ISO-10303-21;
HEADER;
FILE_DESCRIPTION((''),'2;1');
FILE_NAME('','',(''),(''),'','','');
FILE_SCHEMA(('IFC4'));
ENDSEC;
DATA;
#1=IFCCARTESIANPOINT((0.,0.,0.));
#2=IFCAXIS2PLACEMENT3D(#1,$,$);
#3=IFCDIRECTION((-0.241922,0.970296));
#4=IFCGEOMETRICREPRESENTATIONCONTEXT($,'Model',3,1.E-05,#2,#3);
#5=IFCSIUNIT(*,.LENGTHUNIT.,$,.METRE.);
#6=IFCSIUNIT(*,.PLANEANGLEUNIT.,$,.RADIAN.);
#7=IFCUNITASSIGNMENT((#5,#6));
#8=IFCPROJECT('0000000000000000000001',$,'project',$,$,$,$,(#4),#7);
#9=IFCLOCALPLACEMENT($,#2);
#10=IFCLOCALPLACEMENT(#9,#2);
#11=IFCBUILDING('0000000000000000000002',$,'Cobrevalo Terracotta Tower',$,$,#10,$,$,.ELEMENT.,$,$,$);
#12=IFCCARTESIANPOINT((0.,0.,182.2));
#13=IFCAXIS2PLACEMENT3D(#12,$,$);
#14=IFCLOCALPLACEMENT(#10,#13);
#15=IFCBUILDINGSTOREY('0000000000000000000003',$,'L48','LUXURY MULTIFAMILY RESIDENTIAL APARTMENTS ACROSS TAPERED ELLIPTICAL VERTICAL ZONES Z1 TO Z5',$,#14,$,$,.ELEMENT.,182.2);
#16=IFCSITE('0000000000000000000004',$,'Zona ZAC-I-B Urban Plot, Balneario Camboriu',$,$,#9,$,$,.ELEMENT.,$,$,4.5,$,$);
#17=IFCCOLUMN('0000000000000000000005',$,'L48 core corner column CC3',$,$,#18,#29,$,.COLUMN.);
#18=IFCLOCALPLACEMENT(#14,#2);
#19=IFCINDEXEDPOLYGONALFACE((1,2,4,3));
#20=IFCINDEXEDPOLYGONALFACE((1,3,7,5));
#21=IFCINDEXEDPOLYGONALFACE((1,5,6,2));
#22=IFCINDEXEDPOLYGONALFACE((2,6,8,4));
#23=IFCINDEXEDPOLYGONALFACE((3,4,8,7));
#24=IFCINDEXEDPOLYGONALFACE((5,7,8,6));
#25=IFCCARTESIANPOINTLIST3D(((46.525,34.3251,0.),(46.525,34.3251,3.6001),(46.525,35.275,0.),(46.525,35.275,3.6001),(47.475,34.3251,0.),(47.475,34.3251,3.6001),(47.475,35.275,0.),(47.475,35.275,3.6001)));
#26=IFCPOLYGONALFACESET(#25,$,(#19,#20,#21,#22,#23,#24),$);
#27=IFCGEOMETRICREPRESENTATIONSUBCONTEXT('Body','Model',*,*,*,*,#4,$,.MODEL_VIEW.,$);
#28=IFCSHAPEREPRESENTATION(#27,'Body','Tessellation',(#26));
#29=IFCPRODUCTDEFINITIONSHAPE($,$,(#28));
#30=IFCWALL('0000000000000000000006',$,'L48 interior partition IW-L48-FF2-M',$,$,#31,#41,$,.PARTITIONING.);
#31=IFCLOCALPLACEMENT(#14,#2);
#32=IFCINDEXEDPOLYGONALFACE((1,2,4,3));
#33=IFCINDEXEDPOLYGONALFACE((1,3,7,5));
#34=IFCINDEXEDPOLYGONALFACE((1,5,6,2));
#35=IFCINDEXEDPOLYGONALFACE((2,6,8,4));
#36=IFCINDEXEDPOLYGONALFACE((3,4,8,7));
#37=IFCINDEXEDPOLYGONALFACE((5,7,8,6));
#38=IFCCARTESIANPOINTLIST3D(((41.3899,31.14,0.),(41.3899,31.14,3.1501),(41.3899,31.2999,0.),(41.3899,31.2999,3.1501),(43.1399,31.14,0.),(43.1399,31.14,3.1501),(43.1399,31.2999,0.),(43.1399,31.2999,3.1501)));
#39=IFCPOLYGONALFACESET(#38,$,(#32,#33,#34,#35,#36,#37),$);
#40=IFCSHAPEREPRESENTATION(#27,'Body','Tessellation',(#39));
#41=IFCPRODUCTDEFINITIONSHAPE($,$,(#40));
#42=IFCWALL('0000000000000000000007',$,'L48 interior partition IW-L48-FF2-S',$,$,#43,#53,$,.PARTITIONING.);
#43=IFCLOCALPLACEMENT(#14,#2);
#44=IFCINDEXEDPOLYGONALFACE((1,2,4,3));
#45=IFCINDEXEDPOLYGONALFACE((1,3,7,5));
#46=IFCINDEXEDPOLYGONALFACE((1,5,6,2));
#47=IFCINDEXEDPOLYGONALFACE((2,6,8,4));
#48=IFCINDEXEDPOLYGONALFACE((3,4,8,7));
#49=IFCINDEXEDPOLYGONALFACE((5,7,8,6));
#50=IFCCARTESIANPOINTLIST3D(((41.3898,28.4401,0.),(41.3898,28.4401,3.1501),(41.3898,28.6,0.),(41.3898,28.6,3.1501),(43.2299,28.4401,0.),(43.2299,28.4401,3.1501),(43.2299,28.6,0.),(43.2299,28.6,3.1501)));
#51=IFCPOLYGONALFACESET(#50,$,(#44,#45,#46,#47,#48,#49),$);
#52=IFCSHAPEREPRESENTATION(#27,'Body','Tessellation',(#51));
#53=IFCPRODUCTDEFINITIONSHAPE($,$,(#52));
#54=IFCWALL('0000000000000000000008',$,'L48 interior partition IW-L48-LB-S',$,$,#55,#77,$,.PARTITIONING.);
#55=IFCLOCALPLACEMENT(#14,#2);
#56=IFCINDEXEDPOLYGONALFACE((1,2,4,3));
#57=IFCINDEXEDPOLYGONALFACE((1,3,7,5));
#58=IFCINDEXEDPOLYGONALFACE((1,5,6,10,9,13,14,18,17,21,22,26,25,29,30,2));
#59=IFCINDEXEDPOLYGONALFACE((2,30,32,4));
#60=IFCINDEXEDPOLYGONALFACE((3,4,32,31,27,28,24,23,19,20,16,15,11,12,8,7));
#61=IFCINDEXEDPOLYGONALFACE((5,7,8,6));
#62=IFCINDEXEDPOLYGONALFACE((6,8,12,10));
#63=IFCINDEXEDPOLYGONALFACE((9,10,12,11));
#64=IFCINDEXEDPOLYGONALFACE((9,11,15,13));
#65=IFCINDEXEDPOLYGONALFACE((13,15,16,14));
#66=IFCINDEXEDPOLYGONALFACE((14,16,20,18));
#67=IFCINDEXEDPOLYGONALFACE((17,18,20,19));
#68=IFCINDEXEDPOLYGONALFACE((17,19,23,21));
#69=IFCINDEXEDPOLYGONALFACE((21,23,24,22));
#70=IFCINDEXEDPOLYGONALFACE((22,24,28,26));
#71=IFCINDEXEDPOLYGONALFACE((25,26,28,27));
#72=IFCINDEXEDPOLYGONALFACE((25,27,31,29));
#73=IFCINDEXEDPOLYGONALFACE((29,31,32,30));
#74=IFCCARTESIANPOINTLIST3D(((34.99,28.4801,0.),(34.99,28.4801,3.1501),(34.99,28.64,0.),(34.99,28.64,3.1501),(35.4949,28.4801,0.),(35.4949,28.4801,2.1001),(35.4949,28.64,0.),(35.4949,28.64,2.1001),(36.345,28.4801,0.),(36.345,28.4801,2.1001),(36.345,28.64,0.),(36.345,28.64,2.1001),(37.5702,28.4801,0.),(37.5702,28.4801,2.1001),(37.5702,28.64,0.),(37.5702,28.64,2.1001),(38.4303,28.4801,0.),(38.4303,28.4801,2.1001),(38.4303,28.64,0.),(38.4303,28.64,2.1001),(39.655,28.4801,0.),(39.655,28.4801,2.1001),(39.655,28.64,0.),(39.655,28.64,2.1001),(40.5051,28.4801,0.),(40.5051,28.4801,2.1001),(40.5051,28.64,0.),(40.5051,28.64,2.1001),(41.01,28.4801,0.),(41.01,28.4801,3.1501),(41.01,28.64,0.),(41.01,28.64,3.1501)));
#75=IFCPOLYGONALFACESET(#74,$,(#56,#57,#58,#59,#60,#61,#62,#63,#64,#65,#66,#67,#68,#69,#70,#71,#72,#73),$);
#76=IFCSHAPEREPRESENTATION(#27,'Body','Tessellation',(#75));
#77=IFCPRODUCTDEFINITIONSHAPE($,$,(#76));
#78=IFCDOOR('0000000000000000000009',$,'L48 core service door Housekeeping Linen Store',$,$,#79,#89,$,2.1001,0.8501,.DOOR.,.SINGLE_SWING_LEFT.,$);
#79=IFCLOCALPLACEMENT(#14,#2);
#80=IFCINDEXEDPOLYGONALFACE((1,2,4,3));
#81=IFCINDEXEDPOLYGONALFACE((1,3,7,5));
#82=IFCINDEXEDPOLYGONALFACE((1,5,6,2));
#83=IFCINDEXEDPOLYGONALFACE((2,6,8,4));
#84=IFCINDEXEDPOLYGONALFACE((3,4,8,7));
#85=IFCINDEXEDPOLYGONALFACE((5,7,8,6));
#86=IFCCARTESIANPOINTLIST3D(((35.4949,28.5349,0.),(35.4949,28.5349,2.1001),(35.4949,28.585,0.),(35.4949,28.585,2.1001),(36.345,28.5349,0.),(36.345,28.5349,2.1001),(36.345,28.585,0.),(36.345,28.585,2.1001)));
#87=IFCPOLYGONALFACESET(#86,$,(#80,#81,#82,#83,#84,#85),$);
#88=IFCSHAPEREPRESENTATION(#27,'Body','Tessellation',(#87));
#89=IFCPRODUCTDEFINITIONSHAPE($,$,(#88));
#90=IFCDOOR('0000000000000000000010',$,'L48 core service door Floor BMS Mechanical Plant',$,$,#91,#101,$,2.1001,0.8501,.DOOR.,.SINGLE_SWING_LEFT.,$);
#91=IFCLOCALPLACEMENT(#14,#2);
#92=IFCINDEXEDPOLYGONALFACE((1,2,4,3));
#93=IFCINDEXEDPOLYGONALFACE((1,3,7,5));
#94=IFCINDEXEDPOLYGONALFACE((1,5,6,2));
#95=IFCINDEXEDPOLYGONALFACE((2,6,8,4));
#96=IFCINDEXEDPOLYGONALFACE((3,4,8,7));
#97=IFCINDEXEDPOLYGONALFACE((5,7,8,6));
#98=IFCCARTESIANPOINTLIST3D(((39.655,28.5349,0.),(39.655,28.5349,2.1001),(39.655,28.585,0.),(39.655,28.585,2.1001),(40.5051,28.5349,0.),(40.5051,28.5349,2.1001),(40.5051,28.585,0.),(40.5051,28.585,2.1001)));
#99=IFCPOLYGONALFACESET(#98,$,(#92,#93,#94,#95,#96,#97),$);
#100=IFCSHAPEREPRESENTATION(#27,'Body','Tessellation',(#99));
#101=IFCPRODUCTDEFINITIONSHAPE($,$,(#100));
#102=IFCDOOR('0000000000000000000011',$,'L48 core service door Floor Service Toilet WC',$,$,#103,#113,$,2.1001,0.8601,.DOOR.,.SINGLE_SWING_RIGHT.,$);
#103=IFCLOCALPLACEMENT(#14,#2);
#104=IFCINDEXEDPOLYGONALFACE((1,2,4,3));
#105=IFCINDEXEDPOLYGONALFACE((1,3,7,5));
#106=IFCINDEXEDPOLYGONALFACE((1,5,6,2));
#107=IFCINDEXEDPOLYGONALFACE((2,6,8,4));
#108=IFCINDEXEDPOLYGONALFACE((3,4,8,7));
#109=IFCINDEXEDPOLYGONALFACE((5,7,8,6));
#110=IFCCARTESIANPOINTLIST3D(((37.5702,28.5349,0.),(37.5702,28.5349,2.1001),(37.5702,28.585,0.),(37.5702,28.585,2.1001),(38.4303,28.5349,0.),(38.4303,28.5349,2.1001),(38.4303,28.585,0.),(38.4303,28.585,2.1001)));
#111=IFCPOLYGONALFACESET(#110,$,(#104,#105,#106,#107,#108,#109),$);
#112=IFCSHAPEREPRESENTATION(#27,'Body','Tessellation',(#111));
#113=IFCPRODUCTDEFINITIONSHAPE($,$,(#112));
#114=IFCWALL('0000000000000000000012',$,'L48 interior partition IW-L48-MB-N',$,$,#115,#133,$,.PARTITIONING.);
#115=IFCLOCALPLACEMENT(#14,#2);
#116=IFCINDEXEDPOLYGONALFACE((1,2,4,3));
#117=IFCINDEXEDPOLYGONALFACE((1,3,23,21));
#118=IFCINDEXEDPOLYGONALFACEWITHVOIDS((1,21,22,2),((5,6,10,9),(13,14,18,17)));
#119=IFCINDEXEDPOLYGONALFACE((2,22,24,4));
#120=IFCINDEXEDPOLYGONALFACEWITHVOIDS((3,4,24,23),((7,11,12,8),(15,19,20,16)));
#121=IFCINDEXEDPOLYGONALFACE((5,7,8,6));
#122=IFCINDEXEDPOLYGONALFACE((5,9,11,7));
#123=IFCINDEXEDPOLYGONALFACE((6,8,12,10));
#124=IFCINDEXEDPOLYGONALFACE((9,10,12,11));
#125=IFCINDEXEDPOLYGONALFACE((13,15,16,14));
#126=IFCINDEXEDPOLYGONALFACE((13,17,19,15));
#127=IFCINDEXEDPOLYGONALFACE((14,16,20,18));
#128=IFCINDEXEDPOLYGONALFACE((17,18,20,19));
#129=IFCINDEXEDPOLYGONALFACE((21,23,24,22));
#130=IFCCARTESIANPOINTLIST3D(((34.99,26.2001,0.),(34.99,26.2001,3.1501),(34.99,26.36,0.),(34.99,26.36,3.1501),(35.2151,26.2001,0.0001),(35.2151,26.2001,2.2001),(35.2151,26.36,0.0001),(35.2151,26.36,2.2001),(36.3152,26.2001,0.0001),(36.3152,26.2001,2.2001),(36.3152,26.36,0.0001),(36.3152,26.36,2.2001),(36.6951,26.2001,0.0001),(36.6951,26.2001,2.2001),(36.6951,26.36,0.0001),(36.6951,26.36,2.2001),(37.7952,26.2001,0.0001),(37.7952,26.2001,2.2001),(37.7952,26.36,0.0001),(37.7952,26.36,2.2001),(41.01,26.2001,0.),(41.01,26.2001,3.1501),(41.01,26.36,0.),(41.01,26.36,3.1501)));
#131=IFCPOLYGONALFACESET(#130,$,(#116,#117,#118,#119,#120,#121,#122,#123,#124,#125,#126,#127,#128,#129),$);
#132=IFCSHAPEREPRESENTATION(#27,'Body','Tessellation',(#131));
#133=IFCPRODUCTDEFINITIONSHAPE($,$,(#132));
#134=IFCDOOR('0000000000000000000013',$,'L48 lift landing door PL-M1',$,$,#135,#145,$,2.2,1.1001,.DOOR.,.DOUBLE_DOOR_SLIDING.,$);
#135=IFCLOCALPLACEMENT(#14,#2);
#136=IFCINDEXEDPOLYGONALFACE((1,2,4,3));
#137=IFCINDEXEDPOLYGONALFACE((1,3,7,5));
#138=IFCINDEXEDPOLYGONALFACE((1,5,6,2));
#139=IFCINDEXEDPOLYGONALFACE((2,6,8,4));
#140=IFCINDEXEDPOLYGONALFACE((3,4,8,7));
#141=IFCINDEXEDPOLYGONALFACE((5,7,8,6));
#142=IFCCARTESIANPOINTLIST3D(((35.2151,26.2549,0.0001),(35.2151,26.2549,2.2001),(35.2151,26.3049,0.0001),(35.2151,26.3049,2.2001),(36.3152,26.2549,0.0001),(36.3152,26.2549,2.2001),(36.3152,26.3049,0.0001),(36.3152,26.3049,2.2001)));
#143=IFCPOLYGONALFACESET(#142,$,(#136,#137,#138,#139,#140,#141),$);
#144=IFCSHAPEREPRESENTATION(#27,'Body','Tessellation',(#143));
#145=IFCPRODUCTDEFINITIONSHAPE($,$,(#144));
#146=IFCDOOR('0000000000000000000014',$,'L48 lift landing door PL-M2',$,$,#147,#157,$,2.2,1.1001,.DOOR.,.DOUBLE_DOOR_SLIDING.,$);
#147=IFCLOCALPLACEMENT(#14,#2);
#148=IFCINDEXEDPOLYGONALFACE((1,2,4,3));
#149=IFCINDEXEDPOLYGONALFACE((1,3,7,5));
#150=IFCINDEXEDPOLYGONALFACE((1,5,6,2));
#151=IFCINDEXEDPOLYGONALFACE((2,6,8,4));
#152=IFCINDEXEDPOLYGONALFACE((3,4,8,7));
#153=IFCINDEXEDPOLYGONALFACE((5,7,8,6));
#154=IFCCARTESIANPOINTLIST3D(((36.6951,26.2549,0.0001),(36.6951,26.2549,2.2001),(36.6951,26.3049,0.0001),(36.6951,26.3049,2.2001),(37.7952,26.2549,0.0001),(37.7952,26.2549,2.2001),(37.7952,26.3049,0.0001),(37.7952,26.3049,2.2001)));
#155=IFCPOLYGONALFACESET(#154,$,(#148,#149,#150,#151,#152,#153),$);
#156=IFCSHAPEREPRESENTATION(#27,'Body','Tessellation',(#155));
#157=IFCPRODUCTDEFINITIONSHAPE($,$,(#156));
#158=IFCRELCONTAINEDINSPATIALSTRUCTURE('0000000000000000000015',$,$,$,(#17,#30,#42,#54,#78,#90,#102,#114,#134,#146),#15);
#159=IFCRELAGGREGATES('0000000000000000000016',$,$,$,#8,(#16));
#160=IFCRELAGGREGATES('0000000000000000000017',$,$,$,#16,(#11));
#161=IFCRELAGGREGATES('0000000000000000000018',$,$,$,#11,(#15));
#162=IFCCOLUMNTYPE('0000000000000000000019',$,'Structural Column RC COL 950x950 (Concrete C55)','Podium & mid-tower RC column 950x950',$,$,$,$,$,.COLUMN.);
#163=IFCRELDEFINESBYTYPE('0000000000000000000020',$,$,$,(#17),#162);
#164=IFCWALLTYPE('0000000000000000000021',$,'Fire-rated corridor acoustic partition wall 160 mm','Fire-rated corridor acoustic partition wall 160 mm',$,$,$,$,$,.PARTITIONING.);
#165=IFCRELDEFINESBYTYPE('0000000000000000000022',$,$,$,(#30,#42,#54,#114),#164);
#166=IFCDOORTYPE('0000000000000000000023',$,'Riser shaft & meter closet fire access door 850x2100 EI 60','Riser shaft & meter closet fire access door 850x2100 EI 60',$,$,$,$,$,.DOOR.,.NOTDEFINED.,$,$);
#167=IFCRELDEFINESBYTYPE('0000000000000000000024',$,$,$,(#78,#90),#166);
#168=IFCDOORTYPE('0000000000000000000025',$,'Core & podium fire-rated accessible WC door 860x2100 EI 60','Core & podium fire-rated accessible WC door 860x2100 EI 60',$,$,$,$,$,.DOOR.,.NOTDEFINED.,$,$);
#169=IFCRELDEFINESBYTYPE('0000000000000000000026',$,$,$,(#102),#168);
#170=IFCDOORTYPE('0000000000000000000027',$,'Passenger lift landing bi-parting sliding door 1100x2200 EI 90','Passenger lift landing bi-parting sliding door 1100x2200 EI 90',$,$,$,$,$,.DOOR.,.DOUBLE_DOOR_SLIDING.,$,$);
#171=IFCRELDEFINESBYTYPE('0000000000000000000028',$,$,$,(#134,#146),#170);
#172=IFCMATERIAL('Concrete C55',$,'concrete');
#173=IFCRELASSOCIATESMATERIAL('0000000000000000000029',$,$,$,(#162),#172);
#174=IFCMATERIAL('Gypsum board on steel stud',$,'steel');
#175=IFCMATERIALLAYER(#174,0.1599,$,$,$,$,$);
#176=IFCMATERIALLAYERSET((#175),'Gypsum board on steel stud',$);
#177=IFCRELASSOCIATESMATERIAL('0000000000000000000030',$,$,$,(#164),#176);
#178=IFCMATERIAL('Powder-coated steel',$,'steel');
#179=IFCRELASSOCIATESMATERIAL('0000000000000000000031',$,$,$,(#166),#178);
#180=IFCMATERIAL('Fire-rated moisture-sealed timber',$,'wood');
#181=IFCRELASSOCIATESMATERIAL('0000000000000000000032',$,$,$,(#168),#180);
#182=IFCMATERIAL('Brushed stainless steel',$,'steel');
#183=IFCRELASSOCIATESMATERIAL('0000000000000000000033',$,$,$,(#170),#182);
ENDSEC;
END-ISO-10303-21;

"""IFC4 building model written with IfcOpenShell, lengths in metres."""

from ifc_helpers import new_model, si_unit, direction, frame, frame_2d, origin, origin_2d, place, context, subcontext, project, spatial, rectangle, extrude, source, transform, mapped, material, layer, layer_set, material_profile, profile_set, type_object, element, fill, save


model = new_model("IFC4")

# Units and contexts
model_context = context("Model", 3, precision=1e-05, world=origin(), true_north=direction((-0.241922, 0.970296)))
body_context = subcontext(model_context, "Body", "Model", "MODEL_VIEW")
ifc_project = project(units=[si_unit("LENGTHUNIT", "METRE"), si_unit("PLANEANGLEUNIT", "RADIAN")], contexts=[model_context])

# Site, building, storey
site_placement = place(None, origin())
site = spatial("IfcSite", under=ifc_project, at=site_placement, Name="Zona ZAC-I-B Urban Plot, Balneario Camboriu", CompositionType="ELEMENT", RefElevation=4.5)
building_placement = place(site_placement, origin())
building = spatial("IfcBuilding", under=site, at=building_placement, Name="Cobrevalo Terracotta Tower", CompositionType="ELEMENT")
storey_placement = place(building_placement, frame((0.0, 0.0, 182.2)))
storey = spatial("IfcBuildingStorey", under=building, at=storey_placement, Name="L48", Description="LUXURY MULTIFAMILY RESIDENTIAL APARTMENTS ACROSS TAPERED ELLIPTICAL VERTICAL ZONES Z1 TO Z5", CompositionType="ELEMENT", Elevation=182.2)

# Column
ifc_material_1 = material(Name="Concrete C55", Category="concrete")
ifc_material_profile = material_profile(ifc_material_1, rectangle(XDim=0.95, YDim=0.95, at=origin_2d()), Name="RC COL 950x950")
ifc_profile_set = profile_set([ifc_material_profile], Name="Concrete C55")
column_type = type_object("IfcColumnType", Name="Structural Column RC COL 950x950 (Concrete C55)", Description="Podium & mid-tower RC column 950x950", PredefinedType="COLUMN", material=ifc_profile_set)
column_placement = place(storey_placement, frame((47.0, 34.8, 0.0), z_axis=(0.0, 0.0, 1.0), x_axis=(1.0, 0.0, 0.0)))
element("IfcColumn", 1, at=column_placement, inside=storey, type_object=column_type, Name="L48 core corner column CC3", PredefinedType="COLUMN", context=body_context, shape_type="SweptSolid", body=[
    extrude(rectangle(XDim=0.95, YDim=0.95, at=origin_2d()), origin(), (0.0, 0.0, 1.0), 3.6001),
])

# Walls
ifc_material_2 = material(Name="Gypsum board on steel stud", Category="steel")
ifc_layer_1 = layer(ifc_material_2, 0.1599)
ifc_layer_set_1 = layer_set([ifc_layer_1], Name="Gypsum board on steel stud")
wall_type_1 = type_object("IfcWallType", Name="Fire-rated corridor acoustic partition wall 160 mm", Description="Fire-rated corridor acoustic partition wall 160 mm", PredefinedType="PARTITIONING", material=ifc_layer_set_1)
wall_1_placement = place(storey_placement, frame((41.3899, 31.22, 0.0), z_axis=(0.0, 0.0, 1.0), x_axis=(1.0, 0.0, 0.0)))
element("IfcWall", 2, at=wall_1_placement, inside=storey, type_object=wall_type_1, Name="L48 interior partition IW-L48-FF2-M", PredefinedType="PARTITIONING", context=body_context, shape_type="SweptSolid", body=[
    extrude(rectangle(XDim=1.75, YDim=0.1599, at=frame_2d((0.875, 0.0))), origin(), (0.0, 0.0, 1.0), 3.1501),
])
wall_2_placement = place(storey_placement, frame((41.3899, 28.52, 0.0), z_axis=(0.0, 0.0, 1.0), x_axis=(1.0, 0.0, 0.0)))
element("IfcWall", 3, at=wall_2_placement, inside=storey, type_object=wall_type_1, Name="L48 interior partition IW-L48-FF2-S", PredefinedType="PARTITIONING", context=body_context, shape_type="SweptSolid", body=[
    extrude(rectangle(XDim=1.8401, YDim=0.1599, at=frame_2d((0.9199, 0.0))), origin(), (0.0, 0.0, 1.0), 3.1501),
])

# Walls, openings, doors
wall_3_placement = place(storey_placement, frame((34.99, 28.5601, 0.0), z_axis=(0.0, 0.0, 1.0), x_axis=(1.0, 0.0, 0.0)))
wall_3 = element("IfcWall", 4, at=wall_3_placement, inside=storey, type_object=wall_type_1, Name="L48 interior partition IW-L48-LB-S", PredefinedType="PARTITIONING", context=body_context, shape_type="SweptSolid", body=[
    extrude(rectangle(XDim=6.02, YDim=0.1599, at=frame_2d((3.01, 0.0))), origin(), (0.0, 0.0, 1.0), 3.1501),
])
opening_1_placement = place(wall_3_placement, frame((0.5049, 0.0, 0.0)))
opening_1 = element("IfcOpeningElement", 5, at=opening_1_placement, cuts=wall_3, PredefinedType="OPENING", context=body_context, shape_type="SweptSolid", body=[
    extrude(rectangle(XDim=0.8501, YDim=2.1001, at=frame_2d((0.425, 1.05))), frame((0.0, 0.0898, 0.0), z_axis=(0.0, -1.0, 0.0), x_axis=(1.0, 0.0, 0.0)), (0.0, 0.0, 1.0), 0.1799),
])
opening_2_placement = place(wall_3_placement, frame((2.5801, 0.0, 0.0)))
opening_2 = element("IfcOpeningElement", 6, at=opening_2_placement, cuts=wall_3, PredefinedType="OPENING", context=body_context, shape_type="SweptSolid", body=[
    extrude(rectangle(XDim=0.8601, YDim=2.1001, at=frame_2d((0.4302, 1.05))), frame((0.0, 0.0898, 0.0), z_axis=(0.0, -1.0, 0.0), x_axis=(1.0, 0.0, 0.0)), (0.0, 0.0, 1.0), 0.1799),
])
opening_3_placement = place(wall_3_placement, frame((4.665, 0.0, 0.0)))
opening_3 = element("IfcOpeningElement", 7, at=opening_3_placement, cuts=wall_3, PredefinedType="OPENING", context=body_context, shape_type="SweptSolid", body=[
    extrude(rectangle(XDim=0.8501, YDim=2.1001, at=frame_2d((0.425, 1.05))), frame((0.0, 0.0898, 0.0), z_axis=(0.0, -1.0, 0.0), x_axis=(1.0, 0.0, 0.0)), (0.0, 0.0, 1.0), 0.1799),
])
ifc_material_3 = material(Name="Powder-coated steel", Category="steel")
door_type_1 = type_object("IfcDoorType", Name="Riser shaft & meter closet fire access door 850x2100 EI 60", Description="Riser shaft & meter closet fire access door 850x2100 EI 60", OperationType="NOTDEFINED", PredefinedType="DOOR", material=ifc_material_3)
shared_shape_1 = source(origin(), body_context, "Body", "SweptSolid", [
    extrude(rectangle(XDim=0.8501, YDim=2.1001, at=frame_2d((0.425, 1.05))), frame((0.0, 0.0249, 0.0), z_axis=(0.0, -1.0, 0.0), x_axis=(1.0, 0.0, 0.0)), (0.0, 0.0, 1.0), 0.05),
])
door_1_placement = place(opening_1_placement, origin())
door_1 = element("IfcDoor", 8, at=door_1_placement, inside=storey, type_object=door_type_1, Name="L48 core service door Housekeeping Linen Store", OperationType="SINGLE_SWING_LEFT", OverallHeight=2.1001, OverallWidth=0.8501, PredefinedType="DOOR", context=body_context, shape_type="MappedRepresentation", body=[
    mapped(shared_shape_1, transform((0.0, 0.0, 0.0), scale=1.0)),
])
fill(opening_1, door_1)
door_2_placement = place(opening_3_placement, origin())
door_2 = element("IfcDoor", 9, at=door_2_placement, inside=storey, type_object=door_type_1, Name="L48 core service door Floor BMS Mechanical Plant", OperationType="SINGLE_SWING_LEFT", OverallHeight=2.1001, OverallWidth=0.8501, PredefinedType="DOOR", context=body_context, shape_type="MappedRepresentation", body=[
    mapped(shared_shape_1, transform((0.0, 0.0, 0.0), scale=1.0)),
])
fill(opening_3, door_2)
ifc_material_4 = material(Name="Fire-rated moisture-sealed timber", Category="wood")
door_type_2 = type_object("IfcDoorType", Name="Core & podium fire-rated accessible WC door 860x2100 EI 60", Description="Core & podium fire-rated accessible WC door 860x2100 EI 60", OperationType="NOTDEFINED", PredefinedType="DOOR", material=ifc_material_4)
shared_shape_2 = source(origin(), body_context, "Body", "SweptSolid", [
    extrude(rectangle(XDim=0.8601, YDim=2.1001, at=frame_2d((0.4302, 1.05))), frame((0.0, 0.0249, 0.0), z_axis=(0.0, -1.0, 0.0), x_axis=(1.0, 0.0, 0.0)), (0.0, 0.0, 1.0), 0.05),
])
door_3_placement = place(opening_2_placement, origin())
door_3 = element("IfcDoor", 10, at=door_3_placement, inside=storey, type_object=door_type_2, Name="L48 core service door Floor Service Toilet WC", OperationType="SINGLE_SWING_RIGHT", OverallHeight=2.1001, OverallWidth=0.8601, PredefinedType="DOOR", context=body_context, shape_type="MappedRepresentation", body=[
    mapped(shared_shape_2, transform((0.0, 0.0, 0.0), scale=1.0)),
])
fill(opening_2, door_3)
wall_4_placement = place(storey_placement, frame((34.99, 26.28, 0.0), z_axis=(0.0, 0.0, 1.0), x_axis=(1.0, 0.0, 0.0)))
wall_4 = element("IfcWall", 11, at=wall_4_placement, inside=storey, type_object=wall_type_1, Name="L48 interior partition IW-L48-MB-N", PredefinedType="PARTITIONING", context=body_context, shape_type="SweptSolid", body=[
    extrude(rectangle(XDim=6.02, YDim=0.1599, at=frame_2d((3.01, 0.0))), origin(), (0.0, 0.0, 1.0), 3.1501),
])
opening_4_placement = place(wall_4_placement, frame((0.2251, 0.0, 0.0)))
opening_4 = element("IfcOpeningElement", 12, at=opening_4_placement, cuts=wall_4, PredefinedType="OPENING", context=body_context, shape_type="SweptSolid", body=[
    extrude(rectangle(XDim=1.1001, YDim=2.2, at=frame_2d((0.55, 1.1001))), frame((0.0, 0.0898, 0.0), z_axis=(0.0, -1.0, 0.0), x_axis=(1.0, 0.0, 0.0)), (0.0, 0.0, 1.0), 0.1799),
])
opening_5_placement = place(wall_4_placement, frame((1.7051, 0.0, 0.0)))
opening_5 = element("IfcOpeningElement", 13, at=opening_5_placement, cuts=wall_4, PredefinedType="OPENING", context=body_context, shape_type="SweptSolid", body=[
    extrude(rectangle(XDim=1.1001, YDim=2.2, at=frame_2d((0.55, 1.1001))), frame((0.0, 0.0898, 0.0), z_axis=(0.0, -1.0, 0.0), x_axis=(1.0, 0.0, 0.0)), (0.0, 0.0, 1.0), 0.1799),
])
ifc_material_5 = material(Name="Brushed stainless steel", Category="steel")
door_type_3 = type_object("IfcDoorType", Name="Passenger lift landing bi-parting sliding door 1100x2200 EI 90", Description="Passenger lift landing bi-parting sliding door 1100x2200 EI 90", OperationType="DOUBLE_DOOR_SLIDING", PredefinedType="DOOR", material=ifc_material_5)
shared_shape_3 = source(origin(), body_context, "Body", "SweptSolid", [
    extrude(rectangle(XDim=1.1001, YDim=2.2, at=frame_2d((0.55, 1.1001))), frame((0.0, 0.0249, 0.0), z_axis=(0.0, -1.0, 0.0), x_axis=(1.0, 0.0, 0.0)), (0.0, 0.0, 1.0), 0.05),
])
door_4_placement = place(opening_4_placement, origin())
door_4 = element("IfcDoor", 14, at=door_4_placement, inside=storey, type_object=door_type_3, Name="L48 lift landing door PL-M1", OperationType="DOUBLE_DOOR_SLIDING", OverallHeight=2.2, OverallWidth=1.1001, PredefinedType="DOOR", context=body_context, shape_type="MappedRepresentation", body=[
    mapped(shared_shape_3, transform((0.0, 0.0, 0.0), scale=1.0)),
])
fill(opening_4, door_4)
door_5_placement = place(opening_5_placement, origin())
door_5 = element("IfcDoor", 15, at=door_5_placement, inside=storey, type_object=door_type_3, Name="L48 lift landing door PL-M2", OperationType="DOUBLE_DOOR_SLIDING", OverallHeight=2.2, OverallWidth=1.1001, PredefinedType="DOOR", context=body_context, shape_type="MappedRepresentation", body=[
    mapped(shared_shape_3, transform((0.0, 0.0, 0.0), scale=1.0)),
])
fill(opening_5, door_5)

save(model, "model.ifc")
